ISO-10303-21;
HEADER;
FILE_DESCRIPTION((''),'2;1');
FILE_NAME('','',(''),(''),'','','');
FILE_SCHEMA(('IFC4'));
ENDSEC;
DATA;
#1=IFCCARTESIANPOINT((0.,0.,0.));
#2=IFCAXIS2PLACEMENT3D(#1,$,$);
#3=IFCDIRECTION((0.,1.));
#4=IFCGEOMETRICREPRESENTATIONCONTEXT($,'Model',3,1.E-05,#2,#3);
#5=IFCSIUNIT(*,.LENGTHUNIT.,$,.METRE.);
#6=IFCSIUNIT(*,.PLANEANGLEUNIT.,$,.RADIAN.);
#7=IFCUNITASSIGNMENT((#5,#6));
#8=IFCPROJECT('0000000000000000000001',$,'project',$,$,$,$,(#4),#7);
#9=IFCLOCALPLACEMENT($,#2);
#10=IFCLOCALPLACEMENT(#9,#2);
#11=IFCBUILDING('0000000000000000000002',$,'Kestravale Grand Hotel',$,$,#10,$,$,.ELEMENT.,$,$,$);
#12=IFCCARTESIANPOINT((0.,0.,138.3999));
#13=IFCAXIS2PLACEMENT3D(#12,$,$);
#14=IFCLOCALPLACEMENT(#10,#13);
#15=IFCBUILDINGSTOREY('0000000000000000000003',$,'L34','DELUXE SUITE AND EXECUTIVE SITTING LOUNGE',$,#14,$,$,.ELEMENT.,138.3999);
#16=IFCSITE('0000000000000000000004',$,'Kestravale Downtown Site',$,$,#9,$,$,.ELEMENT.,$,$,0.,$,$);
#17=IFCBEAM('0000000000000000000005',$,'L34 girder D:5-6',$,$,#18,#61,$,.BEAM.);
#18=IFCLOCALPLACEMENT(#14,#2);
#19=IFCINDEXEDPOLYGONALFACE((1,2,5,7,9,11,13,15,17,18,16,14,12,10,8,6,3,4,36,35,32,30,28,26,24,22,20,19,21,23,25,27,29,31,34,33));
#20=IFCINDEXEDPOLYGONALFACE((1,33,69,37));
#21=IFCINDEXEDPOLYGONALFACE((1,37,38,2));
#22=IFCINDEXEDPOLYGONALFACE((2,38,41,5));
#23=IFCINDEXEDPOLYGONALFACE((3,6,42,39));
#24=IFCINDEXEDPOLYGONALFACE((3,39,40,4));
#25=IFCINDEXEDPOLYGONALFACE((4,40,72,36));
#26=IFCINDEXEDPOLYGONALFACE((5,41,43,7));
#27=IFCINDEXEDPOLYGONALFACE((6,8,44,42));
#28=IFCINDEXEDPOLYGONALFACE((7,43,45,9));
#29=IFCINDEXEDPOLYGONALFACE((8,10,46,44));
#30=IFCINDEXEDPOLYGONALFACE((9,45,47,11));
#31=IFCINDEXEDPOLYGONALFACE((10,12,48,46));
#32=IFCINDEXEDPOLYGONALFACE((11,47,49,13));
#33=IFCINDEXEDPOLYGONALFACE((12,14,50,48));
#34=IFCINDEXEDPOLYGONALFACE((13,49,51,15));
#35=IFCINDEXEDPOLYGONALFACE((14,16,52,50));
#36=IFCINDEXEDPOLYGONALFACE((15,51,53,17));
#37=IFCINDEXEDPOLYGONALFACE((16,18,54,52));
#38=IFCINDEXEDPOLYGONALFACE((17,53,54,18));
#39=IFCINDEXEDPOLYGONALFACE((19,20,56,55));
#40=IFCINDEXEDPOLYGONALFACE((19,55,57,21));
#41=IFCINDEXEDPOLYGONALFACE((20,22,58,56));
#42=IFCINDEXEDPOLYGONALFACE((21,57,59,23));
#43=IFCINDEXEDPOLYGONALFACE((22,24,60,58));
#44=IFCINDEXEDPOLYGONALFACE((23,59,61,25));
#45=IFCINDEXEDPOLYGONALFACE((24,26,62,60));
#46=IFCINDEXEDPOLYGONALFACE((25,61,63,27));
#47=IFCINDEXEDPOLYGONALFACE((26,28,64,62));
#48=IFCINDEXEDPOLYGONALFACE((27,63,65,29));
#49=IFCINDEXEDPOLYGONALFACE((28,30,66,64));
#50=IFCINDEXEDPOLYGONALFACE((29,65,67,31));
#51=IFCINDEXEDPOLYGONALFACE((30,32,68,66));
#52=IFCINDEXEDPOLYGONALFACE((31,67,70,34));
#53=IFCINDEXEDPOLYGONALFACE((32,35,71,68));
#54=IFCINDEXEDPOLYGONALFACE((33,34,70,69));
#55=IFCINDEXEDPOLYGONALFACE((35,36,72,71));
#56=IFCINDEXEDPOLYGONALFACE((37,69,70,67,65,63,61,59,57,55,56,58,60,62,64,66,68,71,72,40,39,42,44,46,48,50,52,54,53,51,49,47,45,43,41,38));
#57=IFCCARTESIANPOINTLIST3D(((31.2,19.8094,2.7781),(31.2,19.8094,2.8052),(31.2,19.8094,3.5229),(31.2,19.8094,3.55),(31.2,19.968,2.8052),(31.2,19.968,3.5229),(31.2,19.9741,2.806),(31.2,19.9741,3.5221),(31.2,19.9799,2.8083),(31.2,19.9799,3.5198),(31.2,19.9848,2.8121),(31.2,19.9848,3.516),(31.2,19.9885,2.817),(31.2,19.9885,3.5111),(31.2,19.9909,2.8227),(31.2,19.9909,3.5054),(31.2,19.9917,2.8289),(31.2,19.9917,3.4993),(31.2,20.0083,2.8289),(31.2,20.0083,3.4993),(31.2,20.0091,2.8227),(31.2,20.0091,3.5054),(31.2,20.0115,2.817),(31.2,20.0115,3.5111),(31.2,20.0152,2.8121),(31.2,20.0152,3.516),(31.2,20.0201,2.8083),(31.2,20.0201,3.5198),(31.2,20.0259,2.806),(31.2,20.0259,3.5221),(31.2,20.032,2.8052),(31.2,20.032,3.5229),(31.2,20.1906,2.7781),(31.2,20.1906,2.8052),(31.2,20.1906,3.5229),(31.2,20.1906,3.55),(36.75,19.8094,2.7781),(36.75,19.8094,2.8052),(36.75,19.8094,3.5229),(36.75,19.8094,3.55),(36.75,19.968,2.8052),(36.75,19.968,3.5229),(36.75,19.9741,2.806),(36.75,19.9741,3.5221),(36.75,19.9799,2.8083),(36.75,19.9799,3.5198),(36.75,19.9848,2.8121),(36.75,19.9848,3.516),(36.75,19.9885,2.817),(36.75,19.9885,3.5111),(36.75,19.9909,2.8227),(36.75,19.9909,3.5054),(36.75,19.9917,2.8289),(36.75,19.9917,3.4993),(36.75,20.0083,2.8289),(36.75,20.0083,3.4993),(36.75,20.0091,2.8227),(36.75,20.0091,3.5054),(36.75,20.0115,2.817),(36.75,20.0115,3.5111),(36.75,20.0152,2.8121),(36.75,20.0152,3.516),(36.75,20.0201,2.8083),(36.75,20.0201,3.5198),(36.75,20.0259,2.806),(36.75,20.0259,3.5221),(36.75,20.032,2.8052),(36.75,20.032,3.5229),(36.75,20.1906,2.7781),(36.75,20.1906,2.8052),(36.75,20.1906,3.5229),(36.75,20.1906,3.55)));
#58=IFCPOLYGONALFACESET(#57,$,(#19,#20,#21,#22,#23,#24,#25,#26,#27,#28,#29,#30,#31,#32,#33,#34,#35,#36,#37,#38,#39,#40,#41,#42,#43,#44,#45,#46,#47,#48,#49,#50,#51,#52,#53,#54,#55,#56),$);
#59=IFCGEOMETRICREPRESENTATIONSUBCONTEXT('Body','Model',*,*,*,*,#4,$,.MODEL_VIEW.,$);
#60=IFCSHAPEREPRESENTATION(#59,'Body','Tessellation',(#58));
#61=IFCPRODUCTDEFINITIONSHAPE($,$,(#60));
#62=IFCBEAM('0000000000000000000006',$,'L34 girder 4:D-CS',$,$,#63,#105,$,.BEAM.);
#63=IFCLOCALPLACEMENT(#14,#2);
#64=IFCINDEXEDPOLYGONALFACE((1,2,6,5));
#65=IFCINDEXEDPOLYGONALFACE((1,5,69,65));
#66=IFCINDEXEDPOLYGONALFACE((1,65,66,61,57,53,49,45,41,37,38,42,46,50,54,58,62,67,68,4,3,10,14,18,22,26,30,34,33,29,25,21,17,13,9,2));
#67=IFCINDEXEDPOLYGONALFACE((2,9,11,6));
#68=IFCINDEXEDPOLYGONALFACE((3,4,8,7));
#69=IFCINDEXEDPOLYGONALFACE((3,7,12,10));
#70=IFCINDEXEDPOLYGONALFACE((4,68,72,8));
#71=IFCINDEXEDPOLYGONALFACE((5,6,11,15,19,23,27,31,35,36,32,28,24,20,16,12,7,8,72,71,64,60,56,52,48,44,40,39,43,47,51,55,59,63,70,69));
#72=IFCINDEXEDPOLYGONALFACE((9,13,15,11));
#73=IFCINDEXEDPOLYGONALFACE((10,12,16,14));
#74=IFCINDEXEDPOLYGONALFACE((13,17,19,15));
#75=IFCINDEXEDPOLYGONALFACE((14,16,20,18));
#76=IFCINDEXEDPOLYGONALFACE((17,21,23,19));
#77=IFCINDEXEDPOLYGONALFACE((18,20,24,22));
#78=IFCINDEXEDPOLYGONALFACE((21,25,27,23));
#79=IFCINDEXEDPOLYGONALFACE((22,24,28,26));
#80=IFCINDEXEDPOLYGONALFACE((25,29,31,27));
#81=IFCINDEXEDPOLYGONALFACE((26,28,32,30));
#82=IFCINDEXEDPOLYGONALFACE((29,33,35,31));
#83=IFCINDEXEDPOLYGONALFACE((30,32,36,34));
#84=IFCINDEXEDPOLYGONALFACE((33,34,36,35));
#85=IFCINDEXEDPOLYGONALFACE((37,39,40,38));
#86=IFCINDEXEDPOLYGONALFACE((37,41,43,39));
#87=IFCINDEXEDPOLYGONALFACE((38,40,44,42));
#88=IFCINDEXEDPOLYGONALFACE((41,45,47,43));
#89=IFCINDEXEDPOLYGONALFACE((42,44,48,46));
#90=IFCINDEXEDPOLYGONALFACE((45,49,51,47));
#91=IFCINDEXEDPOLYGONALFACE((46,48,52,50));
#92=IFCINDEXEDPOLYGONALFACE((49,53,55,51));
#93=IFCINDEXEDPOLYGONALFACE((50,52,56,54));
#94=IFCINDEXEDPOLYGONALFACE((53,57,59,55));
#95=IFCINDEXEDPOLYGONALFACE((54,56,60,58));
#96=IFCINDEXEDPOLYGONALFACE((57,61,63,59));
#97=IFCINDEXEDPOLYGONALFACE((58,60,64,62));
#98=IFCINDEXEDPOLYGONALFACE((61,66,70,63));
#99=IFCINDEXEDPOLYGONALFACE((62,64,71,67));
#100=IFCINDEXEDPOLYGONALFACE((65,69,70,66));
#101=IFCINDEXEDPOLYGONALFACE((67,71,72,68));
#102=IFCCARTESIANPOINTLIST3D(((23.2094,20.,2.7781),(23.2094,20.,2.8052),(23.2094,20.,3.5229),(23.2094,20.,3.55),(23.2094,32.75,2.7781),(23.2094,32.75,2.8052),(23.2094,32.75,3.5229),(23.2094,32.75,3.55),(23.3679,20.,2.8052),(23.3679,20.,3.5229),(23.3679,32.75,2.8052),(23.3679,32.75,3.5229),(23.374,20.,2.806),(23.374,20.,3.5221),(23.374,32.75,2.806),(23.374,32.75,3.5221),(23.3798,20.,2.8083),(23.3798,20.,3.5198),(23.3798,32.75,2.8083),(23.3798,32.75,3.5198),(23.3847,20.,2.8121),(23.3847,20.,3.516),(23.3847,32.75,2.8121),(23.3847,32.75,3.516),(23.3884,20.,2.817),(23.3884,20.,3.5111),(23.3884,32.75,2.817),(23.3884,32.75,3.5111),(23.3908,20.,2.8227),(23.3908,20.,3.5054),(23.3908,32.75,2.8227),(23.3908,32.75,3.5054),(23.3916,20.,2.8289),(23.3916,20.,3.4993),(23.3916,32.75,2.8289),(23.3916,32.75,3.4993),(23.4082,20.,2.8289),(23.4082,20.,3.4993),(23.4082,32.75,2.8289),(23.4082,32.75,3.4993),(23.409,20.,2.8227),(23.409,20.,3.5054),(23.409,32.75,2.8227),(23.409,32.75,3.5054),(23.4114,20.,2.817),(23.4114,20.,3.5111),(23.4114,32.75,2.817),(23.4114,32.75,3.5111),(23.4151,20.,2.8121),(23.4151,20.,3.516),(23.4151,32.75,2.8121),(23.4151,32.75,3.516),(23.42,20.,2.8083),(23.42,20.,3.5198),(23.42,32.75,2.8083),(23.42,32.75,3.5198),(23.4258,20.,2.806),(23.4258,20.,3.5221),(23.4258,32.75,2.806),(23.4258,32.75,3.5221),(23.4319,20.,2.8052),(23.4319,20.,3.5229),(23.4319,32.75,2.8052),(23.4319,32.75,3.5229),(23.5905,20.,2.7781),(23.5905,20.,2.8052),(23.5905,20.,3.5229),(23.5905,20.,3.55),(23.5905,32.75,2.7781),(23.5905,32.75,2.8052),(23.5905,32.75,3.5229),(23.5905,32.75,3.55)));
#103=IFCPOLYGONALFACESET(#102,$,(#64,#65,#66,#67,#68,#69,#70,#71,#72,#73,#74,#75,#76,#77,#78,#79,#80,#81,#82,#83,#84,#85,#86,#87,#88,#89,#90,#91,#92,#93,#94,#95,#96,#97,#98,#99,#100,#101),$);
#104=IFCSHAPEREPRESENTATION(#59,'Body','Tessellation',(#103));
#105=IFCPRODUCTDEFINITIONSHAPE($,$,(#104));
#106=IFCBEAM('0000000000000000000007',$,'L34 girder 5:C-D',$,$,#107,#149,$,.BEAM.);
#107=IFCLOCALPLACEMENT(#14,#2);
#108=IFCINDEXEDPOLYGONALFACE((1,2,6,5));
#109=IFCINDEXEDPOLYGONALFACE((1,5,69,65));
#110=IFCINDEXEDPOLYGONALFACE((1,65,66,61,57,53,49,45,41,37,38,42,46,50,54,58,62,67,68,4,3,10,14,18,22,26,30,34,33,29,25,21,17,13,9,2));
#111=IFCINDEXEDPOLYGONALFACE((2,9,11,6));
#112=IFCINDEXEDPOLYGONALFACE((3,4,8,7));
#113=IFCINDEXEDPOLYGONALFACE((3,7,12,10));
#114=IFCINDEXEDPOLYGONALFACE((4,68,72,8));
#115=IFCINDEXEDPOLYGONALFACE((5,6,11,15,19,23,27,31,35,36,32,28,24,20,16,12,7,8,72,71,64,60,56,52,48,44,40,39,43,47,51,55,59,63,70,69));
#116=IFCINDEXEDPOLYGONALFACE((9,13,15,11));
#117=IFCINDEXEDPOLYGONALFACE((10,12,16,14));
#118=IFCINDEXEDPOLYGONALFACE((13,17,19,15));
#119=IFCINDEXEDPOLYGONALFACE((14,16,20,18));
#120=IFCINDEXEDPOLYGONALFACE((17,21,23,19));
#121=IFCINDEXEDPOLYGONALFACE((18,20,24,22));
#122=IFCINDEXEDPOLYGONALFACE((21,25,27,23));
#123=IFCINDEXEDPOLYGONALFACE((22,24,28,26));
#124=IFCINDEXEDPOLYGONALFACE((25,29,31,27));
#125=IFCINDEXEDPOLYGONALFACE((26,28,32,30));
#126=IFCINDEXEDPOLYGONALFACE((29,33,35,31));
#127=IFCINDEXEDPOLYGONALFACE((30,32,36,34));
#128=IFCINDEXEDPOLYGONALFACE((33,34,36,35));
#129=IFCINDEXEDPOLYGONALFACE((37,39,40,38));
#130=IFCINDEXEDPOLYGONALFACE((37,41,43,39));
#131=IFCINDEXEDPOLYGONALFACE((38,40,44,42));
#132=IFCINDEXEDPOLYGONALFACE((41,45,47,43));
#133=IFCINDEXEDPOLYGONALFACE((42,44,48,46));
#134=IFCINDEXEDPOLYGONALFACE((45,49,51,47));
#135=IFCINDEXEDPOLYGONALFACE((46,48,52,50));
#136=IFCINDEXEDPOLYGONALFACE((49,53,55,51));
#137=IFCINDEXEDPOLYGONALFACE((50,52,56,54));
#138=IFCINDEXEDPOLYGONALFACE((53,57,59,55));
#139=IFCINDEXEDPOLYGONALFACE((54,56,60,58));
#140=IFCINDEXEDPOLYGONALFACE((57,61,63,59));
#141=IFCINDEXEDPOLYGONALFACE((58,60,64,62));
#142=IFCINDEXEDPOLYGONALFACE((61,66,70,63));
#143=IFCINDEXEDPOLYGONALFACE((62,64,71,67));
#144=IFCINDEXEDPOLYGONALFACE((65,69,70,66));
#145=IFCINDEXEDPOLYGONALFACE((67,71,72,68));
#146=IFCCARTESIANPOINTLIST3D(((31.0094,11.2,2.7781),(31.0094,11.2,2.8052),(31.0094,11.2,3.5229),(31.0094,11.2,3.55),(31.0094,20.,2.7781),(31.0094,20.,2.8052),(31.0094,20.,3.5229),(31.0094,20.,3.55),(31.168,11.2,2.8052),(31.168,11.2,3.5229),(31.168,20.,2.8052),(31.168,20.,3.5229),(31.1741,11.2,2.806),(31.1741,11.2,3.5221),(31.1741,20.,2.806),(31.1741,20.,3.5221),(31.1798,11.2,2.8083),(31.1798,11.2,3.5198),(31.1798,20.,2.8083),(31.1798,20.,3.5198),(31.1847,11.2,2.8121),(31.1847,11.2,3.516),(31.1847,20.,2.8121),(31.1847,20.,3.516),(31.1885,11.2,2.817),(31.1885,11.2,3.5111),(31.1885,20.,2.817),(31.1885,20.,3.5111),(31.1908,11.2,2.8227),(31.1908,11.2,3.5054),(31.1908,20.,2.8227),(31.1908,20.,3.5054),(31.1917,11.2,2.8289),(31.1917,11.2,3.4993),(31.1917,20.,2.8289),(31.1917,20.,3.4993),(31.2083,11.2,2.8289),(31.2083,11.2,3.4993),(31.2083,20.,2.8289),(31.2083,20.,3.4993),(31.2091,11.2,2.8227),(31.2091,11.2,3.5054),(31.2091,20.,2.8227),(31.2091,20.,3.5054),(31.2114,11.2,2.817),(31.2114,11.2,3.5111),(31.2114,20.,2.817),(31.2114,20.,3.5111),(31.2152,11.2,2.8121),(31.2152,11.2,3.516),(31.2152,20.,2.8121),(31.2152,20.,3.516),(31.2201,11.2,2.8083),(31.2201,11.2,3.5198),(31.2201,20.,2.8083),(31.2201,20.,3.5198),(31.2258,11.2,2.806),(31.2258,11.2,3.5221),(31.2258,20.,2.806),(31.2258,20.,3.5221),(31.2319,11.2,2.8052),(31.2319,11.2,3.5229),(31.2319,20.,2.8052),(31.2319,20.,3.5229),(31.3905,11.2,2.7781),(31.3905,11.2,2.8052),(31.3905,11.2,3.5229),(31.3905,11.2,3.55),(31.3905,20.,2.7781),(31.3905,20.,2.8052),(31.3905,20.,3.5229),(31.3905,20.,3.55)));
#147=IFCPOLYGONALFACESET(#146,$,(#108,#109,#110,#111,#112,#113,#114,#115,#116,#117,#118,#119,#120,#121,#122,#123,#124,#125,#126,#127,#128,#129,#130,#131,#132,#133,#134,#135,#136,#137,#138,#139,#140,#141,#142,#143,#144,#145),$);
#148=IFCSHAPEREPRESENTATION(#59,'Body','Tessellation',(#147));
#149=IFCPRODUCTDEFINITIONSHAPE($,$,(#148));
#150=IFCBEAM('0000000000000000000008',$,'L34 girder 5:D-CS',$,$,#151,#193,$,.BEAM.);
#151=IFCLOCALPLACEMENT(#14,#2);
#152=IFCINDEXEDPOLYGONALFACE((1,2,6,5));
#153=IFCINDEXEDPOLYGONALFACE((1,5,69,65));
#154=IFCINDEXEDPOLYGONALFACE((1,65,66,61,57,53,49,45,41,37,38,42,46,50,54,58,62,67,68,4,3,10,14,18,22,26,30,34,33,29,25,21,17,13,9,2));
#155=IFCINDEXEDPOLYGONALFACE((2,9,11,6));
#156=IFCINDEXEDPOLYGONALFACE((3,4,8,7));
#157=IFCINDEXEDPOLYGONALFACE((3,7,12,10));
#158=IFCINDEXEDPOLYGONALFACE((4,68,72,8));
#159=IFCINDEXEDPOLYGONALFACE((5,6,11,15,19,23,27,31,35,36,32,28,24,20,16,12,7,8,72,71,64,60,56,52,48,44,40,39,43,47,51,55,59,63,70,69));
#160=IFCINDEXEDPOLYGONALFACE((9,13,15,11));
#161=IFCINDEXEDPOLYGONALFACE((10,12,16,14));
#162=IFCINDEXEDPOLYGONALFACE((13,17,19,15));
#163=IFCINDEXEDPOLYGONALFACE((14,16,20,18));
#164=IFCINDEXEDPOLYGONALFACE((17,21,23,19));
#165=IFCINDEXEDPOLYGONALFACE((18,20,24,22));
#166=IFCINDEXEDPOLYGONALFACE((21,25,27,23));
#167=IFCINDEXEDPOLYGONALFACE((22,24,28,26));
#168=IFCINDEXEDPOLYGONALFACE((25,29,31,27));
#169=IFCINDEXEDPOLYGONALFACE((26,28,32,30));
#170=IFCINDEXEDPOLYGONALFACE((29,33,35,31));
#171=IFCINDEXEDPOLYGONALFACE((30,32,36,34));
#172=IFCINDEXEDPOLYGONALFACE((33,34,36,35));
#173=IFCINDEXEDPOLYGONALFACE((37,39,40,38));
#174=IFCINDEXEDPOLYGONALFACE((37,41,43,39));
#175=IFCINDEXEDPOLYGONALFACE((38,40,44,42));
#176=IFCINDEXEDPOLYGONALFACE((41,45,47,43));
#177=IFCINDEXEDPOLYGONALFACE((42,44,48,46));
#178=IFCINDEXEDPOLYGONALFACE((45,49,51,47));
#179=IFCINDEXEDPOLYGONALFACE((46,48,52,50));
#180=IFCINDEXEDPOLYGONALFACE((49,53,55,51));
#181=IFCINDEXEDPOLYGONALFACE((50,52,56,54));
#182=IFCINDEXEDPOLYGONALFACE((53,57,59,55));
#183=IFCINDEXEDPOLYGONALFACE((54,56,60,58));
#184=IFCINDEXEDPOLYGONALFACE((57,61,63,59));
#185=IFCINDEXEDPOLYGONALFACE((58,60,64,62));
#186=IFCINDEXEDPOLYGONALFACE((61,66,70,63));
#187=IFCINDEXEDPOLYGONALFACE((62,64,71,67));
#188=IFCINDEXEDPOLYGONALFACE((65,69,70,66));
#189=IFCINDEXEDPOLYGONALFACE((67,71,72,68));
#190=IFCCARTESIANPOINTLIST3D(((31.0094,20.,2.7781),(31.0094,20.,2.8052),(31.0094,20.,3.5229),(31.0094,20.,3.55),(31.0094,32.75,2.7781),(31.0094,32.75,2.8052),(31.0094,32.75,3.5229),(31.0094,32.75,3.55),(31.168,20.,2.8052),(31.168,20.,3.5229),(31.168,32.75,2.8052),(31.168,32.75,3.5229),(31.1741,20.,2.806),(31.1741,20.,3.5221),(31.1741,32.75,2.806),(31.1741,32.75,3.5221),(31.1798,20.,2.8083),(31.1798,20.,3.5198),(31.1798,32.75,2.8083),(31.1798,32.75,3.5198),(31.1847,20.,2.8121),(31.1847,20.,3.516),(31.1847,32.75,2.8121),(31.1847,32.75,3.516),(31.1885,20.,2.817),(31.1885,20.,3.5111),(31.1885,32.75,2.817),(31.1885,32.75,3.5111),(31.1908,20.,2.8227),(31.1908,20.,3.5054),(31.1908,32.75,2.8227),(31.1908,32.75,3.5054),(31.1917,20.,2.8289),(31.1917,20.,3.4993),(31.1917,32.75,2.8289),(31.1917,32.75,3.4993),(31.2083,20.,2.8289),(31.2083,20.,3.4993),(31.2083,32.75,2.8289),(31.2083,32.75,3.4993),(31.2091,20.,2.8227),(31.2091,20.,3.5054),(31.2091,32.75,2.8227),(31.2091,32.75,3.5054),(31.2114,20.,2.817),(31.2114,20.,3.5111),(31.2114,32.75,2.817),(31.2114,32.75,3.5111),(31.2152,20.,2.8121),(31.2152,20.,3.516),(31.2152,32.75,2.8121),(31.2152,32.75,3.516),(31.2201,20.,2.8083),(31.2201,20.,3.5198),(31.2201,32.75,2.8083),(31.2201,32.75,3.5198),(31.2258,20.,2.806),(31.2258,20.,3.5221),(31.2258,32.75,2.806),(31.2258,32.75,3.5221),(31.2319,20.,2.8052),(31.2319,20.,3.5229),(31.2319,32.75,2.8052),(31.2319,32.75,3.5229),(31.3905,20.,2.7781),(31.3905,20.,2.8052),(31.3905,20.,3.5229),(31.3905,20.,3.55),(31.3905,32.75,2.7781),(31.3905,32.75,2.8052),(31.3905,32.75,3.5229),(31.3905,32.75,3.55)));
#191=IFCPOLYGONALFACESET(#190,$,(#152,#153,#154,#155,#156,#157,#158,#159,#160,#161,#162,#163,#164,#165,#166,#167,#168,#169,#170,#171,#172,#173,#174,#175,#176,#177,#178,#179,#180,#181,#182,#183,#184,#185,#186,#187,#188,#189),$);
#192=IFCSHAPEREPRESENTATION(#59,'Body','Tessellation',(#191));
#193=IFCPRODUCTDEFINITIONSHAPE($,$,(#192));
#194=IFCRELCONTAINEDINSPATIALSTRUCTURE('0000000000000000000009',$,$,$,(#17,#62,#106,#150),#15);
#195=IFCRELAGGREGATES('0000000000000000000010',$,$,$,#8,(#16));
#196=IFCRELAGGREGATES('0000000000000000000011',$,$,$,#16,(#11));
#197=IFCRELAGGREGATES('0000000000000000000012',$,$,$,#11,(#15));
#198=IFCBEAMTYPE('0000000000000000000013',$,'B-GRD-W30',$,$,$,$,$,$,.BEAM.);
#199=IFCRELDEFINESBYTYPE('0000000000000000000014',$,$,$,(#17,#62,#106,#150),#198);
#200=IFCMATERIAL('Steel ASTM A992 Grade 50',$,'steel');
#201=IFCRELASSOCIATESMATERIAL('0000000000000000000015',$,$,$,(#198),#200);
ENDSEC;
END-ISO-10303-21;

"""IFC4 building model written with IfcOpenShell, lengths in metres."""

from ifc_helpers import new_model, si_unit, direction, frame, origin, origin_2d, place, context, subcontext, project, spatial, i_section, extrude, material, material_profile, profile_set, type_object, element, save


model = new_model("IFC4")

# Units and contexts
model_context = context("Model", 3, precision=1e-05, world=origin(), true_north=direction((0.0, 1.0)))
body_context = subcontext(model_context, "Body", "Model", "MODEL_VIEW")
ifc_project = project(units=[si_unit("LENGTHUNIT", "METRE"), si_unit("PLANEANGLEUNIT", "RADIAN")], contexts=[model_context])

# Site, building, storey
site_placement = place(None, origin())
site = spatial("IfcSite", under=ifc_project, at=site_placement, Name="Kestravale Downtown Site", CompositionType="ELEMENT", RefElevation=0.0)
building_placement = place(site_placement, origin())
building = spatial("IfcBuilding", under=site, at=building_placement, Name="Kestravale Grand Hotel", CompositionType="ELEMENT")
storey_placement = place(building_placement, frame((0.0, 0.0, 138.3999)))
storey = spatial("IfcBuildingStorey", under=building, at=storey_placement, Name="L34", Description="DELUXE SUITE AND EXECUTIVE SITTING LOUNGE", CompositionType="ELEMENT", Elevation=138.3999)

# Beams
ifc_material_1 = material(Name="Steel ASTM A992 Grade 50", Category="steel")
ifc_material_profile_1 = material_profile(ifc_material_1, i_section(OverallWidth=0.3811, OverallDepth=0.772, WebThickness=0.0166, FlangeThickness=0.0271, FilletRadius=0.0237, at=origin_2d()))
ifc_profile_set_1 = profile_set([ifc_material_profile_1], Name="Steel ASTM A992 Grade 50")
beam_type_1 = type_object("IfcBeamType", Name="B-GRD-W30", PredefinedType="BEAM", material=ifc_profile_set_1)
beam_1_placement = place(storey_placement, frame((31.2, 20.0, 3.1641), z_axis=(1.0, 0.0, 0.0), x_axis=(0.0, 1.0, 0.0)))
element("IfcBeam", 1, at=beam_1_placement, inside=storey, type_object=beam_type_1, Name="L34 girder D:5-6", PredefinedType="BEAM", context=body_context, shape_type="SweptSolid", body=[
    extrude(i_section(OverallWidth=0.3811, OverallDepth=0.772, WebThickness=0.0166, FlangeThickness=0.0271, FilletRadius=0.0237, at=origin_2d()), origin(), (0.0, 0.0, 1.0), 5.55),
])
beam_2_placement = place(storey_placement, frame((23.3999, 20.0, 3.1641), z_axis=(0.0, 1.0, 0.0), x_axis=(-1.0, 0.0, 0.0)))
element("IfcBeam", 2, at=beam_2_placement, inside=storey, type_object=beam_type_1, Name="L34 girder 4:D-CS", PredefinedType="BEAM", context=body_context, shape_type="SweptSolid", body=[
    extrude(i_section(OverallWidth=0.3811, OverallDepth=0.772, WebThickness=0.0166, FlangeThickness=0.0271, FilletRadius=0.0237, at=origin_2d()), origin(), (0.0, 0.0, 1.0), 12.75),
])
beam_3_placement = place(storey_placement, frame((31.2, 11.2, 3.1641), z_axis=(0.0, 1.0, 0.0), x_axis=(-1.0, 0.0, 0.0)))
element("IfcBeam", 3, at=beam_3_placement, inside=storey, type_object=beam_type_1, Name="L34 girder 5:C-D", PredefinedType="BEAM", context=body_context, shape_type="SweptSolid", body=[
    extrude(i_section(OverallWidth=0.3811, OverallDepth=0.772, WebThickness=0.0166, FlangeThickness=0.0271, FilletRadius=0.0237, at=origin_2d()), origin(), (0.0, 0.0, 1.0), 8.8),
])
beam_4_placement = place(storey_placement, frame((31.2, 20.0, 3.1641), z_axis=(0.0, 1.0, 0.0), x_axis=(-1.0, 0.0, 0.0)))
element("IfcBeam", 4, at=beam_4_placement, inside=storey, type_object=beam_type_1, Name="L34 girder 5:D-CS", PredefinedType="BEAM", context=body_context, shape_type="SweptSolid", body=[
    extrude(i_section(OverallWidth=0.3811, OverallDepth=0.772, WebThickness=0.0166, FlangeThickness=0.0271, FilletRadius=0.0237, at=origin_2d()), origin(), (0.0, 0.0, 1.0), 12.75),
])

save(model, "model.ifc")
